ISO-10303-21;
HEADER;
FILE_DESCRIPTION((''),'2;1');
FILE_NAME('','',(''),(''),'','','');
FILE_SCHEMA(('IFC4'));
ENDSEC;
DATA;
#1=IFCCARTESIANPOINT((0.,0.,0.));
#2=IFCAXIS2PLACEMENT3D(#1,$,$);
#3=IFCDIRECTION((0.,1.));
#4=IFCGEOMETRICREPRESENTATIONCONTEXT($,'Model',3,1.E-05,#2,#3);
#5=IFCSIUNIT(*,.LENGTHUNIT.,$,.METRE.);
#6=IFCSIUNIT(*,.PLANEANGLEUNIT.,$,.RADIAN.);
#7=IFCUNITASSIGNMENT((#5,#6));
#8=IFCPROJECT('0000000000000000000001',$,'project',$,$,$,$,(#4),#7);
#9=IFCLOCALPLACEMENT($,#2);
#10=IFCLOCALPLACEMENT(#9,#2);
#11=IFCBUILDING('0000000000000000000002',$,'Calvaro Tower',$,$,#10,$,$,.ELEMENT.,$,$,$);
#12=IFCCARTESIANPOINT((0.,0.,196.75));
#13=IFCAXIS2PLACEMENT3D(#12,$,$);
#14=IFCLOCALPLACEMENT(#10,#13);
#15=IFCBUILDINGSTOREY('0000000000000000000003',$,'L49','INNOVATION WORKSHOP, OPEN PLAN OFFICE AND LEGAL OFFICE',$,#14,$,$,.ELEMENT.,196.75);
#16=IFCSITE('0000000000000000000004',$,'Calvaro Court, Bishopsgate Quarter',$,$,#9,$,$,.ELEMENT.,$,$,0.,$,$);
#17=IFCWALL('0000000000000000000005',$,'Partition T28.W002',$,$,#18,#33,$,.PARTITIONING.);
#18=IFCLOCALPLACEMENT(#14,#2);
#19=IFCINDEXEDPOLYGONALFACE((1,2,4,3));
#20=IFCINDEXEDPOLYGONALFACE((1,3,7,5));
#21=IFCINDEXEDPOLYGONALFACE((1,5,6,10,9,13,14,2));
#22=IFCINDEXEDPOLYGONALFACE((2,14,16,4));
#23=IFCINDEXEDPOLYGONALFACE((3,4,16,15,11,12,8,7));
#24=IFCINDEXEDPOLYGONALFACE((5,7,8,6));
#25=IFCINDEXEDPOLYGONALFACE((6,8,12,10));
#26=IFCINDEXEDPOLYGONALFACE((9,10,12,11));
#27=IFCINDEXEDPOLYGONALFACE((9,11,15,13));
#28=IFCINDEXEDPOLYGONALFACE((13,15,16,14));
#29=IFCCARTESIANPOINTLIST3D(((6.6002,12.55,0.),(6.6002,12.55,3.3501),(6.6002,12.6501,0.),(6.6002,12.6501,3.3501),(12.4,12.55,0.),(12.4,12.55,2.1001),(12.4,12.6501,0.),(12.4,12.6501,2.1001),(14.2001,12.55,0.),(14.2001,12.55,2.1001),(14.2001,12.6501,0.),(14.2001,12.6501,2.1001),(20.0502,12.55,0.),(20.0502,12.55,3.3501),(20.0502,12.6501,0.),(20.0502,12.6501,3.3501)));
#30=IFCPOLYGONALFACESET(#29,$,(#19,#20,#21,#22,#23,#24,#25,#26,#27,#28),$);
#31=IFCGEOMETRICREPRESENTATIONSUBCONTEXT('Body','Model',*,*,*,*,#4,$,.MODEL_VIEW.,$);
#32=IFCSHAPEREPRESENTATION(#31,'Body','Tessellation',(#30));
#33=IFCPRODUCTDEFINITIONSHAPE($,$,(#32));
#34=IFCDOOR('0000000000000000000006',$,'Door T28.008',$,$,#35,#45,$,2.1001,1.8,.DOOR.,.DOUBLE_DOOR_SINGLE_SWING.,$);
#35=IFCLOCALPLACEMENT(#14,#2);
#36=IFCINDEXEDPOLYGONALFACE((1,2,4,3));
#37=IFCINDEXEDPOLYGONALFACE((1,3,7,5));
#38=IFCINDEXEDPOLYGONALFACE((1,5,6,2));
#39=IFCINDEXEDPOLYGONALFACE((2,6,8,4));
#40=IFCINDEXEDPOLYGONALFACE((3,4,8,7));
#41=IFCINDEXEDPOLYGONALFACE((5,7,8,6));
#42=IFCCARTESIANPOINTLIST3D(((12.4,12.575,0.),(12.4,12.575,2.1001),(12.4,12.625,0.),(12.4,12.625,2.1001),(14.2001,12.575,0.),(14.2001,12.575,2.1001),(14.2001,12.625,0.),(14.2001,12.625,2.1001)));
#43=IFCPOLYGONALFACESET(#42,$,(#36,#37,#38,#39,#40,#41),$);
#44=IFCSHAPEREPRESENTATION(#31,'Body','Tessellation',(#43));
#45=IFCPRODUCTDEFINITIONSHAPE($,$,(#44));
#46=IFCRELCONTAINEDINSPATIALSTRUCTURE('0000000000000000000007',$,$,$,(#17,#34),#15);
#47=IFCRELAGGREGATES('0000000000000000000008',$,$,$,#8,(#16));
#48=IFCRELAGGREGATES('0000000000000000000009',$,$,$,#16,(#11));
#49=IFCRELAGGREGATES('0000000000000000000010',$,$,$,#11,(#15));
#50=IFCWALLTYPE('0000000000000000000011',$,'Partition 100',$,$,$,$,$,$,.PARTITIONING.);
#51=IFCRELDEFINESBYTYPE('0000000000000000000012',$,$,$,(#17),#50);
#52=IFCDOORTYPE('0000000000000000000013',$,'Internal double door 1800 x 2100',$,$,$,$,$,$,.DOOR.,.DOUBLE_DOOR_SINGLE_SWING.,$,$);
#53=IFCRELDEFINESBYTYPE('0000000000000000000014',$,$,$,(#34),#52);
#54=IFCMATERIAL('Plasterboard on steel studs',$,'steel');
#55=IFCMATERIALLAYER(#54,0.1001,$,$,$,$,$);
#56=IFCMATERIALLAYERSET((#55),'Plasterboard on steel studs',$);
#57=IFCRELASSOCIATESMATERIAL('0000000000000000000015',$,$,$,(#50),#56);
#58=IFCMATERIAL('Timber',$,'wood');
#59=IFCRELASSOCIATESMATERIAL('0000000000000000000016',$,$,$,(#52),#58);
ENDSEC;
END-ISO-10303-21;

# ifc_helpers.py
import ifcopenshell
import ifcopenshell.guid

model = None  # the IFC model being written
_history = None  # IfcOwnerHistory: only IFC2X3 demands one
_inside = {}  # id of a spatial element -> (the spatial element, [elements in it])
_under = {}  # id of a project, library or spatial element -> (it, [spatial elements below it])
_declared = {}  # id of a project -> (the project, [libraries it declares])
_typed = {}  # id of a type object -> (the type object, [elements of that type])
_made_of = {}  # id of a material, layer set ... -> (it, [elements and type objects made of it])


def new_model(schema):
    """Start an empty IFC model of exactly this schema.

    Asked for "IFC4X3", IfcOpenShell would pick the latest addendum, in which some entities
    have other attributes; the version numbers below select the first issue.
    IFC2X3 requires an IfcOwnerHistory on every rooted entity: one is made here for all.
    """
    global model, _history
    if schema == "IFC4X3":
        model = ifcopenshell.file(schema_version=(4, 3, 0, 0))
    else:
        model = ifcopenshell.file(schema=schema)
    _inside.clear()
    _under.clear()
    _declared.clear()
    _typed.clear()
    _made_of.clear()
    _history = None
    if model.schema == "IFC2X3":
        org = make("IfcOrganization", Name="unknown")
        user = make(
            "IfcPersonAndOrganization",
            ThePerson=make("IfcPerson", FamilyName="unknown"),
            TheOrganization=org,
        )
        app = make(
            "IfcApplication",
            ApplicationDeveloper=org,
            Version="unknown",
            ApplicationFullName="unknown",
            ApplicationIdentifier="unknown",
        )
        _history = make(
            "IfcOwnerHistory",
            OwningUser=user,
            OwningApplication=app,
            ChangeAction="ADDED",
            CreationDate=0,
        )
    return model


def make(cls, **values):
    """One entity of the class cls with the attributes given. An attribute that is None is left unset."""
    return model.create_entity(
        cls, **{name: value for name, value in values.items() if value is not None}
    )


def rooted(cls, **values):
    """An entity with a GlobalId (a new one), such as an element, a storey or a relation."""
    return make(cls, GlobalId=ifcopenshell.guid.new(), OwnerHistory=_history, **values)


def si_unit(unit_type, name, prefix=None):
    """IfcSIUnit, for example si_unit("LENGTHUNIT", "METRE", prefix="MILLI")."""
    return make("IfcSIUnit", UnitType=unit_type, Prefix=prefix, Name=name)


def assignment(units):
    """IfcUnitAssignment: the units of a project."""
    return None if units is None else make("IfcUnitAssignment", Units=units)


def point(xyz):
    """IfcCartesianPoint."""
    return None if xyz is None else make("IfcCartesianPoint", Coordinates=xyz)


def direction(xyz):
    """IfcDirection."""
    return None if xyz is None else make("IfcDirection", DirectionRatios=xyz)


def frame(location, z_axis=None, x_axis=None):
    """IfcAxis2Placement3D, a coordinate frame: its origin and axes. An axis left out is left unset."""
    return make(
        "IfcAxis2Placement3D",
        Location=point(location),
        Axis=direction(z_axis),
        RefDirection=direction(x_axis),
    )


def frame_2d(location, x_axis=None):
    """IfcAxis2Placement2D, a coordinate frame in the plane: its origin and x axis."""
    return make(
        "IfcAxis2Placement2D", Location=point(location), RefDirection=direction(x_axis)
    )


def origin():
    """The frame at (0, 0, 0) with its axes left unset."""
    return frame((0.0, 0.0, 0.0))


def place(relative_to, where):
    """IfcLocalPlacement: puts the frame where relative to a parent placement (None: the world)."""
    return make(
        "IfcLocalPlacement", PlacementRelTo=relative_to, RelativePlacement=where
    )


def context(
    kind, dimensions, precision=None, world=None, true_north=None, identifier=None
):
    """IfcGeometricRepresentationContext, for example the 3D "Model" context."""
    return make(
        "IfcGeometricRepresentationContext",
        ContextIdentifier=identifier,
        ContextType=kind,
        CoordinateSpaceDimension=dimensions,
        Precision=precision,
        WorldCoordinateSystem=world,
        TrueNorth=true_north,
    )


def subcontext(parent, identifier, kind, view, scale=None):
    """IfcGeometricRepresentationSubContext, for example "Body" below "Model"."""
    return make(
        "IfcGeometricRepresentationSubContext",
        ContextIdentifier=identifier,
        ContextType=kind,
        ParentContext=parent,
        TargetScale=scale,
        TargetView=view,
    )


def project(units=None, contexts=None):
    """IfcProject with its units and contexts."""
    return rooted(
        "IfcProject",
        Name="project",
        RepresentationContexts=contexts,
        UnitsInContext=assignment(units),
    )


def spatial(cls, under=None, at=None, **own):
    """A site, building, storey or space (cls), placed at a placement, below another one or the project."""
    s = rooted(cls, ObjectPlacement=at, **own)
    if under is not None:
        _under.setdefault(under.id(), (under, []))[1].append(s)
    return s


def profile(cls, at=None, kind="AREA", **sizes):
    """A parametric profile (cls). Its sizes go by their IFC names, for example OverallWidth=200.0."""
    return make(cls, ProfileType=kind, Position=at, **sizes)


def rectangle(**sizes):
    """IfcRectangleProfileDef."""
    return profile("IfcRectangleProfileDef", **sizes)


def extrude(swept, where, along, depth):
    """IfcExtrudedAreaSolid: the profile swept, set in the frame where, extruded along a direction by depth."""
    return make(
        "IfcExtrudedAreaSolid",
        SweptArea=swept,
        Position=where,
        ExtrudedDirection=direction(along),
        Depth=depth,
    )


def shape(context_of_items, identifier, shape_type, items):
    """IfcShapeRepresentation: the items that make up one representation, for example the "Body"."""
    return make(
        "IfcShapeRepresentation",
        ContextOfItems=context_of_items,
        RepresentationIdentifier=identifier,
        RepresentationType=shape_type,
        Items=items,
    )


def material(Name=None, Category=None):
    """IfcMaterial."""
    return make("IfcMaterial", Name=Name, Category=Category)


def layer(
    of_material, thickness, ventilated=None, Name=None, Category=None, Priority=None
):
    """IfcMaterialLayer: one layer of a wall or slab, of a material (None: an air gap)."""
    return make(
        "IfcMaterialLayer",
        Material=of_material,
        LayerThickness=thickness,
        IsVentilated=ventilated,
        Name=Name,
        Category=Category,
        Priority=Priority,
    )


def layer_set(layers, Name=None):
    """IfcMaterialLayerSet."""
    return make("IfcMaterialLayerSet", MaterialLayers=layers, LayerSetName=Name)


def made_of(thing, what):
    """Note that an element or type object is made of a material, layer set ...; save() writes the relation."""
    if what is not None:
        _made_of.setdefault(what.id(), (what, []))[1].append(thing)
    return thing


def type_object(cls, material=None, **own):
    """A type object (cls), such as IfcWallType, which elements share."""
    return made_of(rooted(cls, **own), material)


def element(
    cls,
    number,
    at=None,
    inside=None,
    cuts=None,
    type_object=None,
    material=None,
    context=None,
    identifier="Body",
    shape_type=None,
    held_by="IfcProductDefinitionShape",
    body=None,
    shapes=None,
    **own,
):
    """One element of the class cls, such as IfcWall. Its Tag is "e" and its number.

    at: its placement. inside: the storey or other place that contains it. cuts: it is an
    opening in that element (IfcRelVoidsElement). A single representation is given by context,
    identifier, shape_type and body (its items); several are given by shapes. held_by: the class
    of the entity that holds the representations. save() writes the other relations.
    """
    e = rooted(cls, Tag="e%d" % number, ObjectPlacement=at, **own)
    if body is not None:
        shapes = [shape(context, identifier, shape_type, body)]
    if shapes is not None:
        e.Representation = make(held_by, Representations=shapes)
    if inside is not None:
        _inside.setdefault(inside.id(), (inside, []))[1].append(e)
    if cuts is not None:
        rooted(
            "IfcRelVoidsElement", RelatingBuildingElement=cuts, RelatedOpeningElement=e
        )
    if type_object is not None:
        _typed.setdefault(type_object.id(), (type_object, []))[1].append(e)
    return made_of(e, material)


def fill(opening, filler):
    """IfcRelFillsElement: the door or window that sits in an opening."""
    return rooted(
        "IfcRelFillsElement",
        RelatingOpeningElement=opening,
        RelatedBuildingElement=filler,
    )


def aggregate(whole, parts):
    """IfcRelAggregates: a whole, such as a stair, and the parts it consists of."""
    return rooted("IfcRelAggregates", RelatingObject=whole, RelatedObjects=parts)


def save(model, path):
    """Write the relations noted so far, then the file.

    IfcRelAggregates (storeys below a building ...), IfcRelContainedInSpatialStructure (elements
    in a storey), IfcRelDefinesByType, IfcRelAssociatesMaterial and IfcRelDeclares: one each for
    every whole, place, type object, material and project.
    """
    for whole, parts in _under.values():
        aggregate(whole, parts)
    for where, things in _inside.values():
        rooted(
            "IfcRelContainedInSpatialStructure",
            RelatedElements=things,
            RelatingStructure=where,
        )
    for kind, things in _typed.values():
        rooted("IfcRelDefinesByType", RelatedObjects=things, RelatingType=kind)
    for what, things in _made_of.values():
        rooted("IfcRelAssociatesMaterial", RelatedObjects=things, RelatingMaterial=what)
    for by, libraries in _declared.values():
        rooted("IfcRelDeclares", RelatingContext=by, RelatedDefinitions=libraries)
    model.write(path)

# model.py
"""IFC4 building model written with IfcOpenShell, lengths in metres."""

from ifc_helpers import new_model, si_unit, direction, frame, frame_2d, origin, place, context, subcontext, project, spatial, rectangle, extrude, material, layer, layer_set, type_object, element, fill, save


model = new_model("IFC4")

# Units and contexts
model_context = context("Model", 3, precision=1e-05, world=origin(), true_north=direction((0.0, 1.0)))
body_context = subcontext(model_context, "Body", "Model", "MODEL_VIEW")
ifc_project = project(units=[si_unit("LENGTHUNIT", "METRE"), si_unit("PLANEANGLEUNIT", "RADIAN")], contexts=[model_context])

# Site, building, storey
site_placement = place(None, origin())
site = spatial("IfcSite", under=ifc_project, at=site_placement, Name="Calvaro Court, Bishopsgate Quarter", CompositionType="ELEMENT", RefElevation=0.0)
building_placement = place(site_placement, origin())
building = spatial("IfcBuilding", under=site, at=building_placement, Name="Calvaro Tower", CompositionType="ELEMENT")
storey_placement = place(building_placement, frame((0.0, 0.0, 196.75)))
storey = spatial("IfcBuildingStorey", under=building, at=storey_placement, Name="L49", Description="INNOVATION WORKSHOP, OPEN PLAN OFFICE AND LEGAL OFFICE", CompositionType="ELEMENT", Elevation=196.75)

# Shared definitions
ifc_material_1 = material(Name="Plasterboard on steel studs", Category="steel")
ifc_layer_1 = layer(ifc_material_1, 0.1001)
ifc_layer_set_1 = layer_set([ifc_layer_1], Name="Plasterboard on steel studs")
wall_type_1 = type_object("IfcWallType", Name="Partition 100", PredefinedType="PARTITIONING", material=ifc_layer_set_1)
ifc_material_2 = material(Name="Timber", Category="wood")
door_type_1 = type_object("IfcDoorType", Name="Internal double door 1800 x 2100", OperationType="DOUBLE_DOOR_SINGLE_SWING", PredefinedType="DOOR", material=ifc_material_2)

# Wall, opening, door
wall_1_placement = place(storey_placement, frame((6.6001, 12.6001, 0.0), z_axis=(0.0, 0.0, 1.0), x_axis=(1.0, 0.0, 0.0)))
wall_1 = element("IfcWall", 1, at=wall_1_placement, inside=storey, type_object=wall_type_1, Name="Partition T28.W002", PredefinedType="PARTITIONING", context=body_context, shape_type="SweptSolid", body=[
    extrude(rectangle(XDim=13.45, YDim=0.1001, at=frame_2d((6.7251, 0.0))), origin(), (0.0, 0.0, 1.0), 3.3501),
])
opening_1_placement = place(wall_1_placement, frame((5.8, 0.0, 0.0)))
opening_1 = element("IfcOpeningElement", 2, at=opening_1_placement, cuts=wall_1, PredefinedType="OPENING", context=body_context, shape_type="SweptSolid", body=[
    extrude(rectangle(XDim=1.8, YDim=2.1001, at=frame_2d((0.8999, 1.05))), frame((0.0, 0.0601, 0.0), z_axis=(0.0, -1.0, 0.0), x_axis=(1.0, 0.0, 0.0)), (0.0, 0.0, 1.0), 0.1201),
])
door_1_placement = place(opening_1_placement, origin())
door_1 = element("IfcDoor", 3, at=door_1_placement, inside=storey, type_object=door_type_1, Name="Door T28.008", OperationType="DOUBLE_DOOR_SINGLE_SWING", OverallHeight=2.1001, OverallWidth=1.8, PredefinedType="DOOR", context=body_context, shape_type="SweptSolid", body=[
    extrude(rectangle(XDim=1.8, YDim=2.1001, at=frame_2d((0.8999, 1.05))), frame((0.0, 0.0249, 0.0), z_axis=(0.0, -1.0, 0.0), x_axis=(1.0, 0.0, 0.0)), (0.0, 0.0, 1.0), 0.05),
])
fill(opening_1, door_1)

save(model, "model.ifc")
